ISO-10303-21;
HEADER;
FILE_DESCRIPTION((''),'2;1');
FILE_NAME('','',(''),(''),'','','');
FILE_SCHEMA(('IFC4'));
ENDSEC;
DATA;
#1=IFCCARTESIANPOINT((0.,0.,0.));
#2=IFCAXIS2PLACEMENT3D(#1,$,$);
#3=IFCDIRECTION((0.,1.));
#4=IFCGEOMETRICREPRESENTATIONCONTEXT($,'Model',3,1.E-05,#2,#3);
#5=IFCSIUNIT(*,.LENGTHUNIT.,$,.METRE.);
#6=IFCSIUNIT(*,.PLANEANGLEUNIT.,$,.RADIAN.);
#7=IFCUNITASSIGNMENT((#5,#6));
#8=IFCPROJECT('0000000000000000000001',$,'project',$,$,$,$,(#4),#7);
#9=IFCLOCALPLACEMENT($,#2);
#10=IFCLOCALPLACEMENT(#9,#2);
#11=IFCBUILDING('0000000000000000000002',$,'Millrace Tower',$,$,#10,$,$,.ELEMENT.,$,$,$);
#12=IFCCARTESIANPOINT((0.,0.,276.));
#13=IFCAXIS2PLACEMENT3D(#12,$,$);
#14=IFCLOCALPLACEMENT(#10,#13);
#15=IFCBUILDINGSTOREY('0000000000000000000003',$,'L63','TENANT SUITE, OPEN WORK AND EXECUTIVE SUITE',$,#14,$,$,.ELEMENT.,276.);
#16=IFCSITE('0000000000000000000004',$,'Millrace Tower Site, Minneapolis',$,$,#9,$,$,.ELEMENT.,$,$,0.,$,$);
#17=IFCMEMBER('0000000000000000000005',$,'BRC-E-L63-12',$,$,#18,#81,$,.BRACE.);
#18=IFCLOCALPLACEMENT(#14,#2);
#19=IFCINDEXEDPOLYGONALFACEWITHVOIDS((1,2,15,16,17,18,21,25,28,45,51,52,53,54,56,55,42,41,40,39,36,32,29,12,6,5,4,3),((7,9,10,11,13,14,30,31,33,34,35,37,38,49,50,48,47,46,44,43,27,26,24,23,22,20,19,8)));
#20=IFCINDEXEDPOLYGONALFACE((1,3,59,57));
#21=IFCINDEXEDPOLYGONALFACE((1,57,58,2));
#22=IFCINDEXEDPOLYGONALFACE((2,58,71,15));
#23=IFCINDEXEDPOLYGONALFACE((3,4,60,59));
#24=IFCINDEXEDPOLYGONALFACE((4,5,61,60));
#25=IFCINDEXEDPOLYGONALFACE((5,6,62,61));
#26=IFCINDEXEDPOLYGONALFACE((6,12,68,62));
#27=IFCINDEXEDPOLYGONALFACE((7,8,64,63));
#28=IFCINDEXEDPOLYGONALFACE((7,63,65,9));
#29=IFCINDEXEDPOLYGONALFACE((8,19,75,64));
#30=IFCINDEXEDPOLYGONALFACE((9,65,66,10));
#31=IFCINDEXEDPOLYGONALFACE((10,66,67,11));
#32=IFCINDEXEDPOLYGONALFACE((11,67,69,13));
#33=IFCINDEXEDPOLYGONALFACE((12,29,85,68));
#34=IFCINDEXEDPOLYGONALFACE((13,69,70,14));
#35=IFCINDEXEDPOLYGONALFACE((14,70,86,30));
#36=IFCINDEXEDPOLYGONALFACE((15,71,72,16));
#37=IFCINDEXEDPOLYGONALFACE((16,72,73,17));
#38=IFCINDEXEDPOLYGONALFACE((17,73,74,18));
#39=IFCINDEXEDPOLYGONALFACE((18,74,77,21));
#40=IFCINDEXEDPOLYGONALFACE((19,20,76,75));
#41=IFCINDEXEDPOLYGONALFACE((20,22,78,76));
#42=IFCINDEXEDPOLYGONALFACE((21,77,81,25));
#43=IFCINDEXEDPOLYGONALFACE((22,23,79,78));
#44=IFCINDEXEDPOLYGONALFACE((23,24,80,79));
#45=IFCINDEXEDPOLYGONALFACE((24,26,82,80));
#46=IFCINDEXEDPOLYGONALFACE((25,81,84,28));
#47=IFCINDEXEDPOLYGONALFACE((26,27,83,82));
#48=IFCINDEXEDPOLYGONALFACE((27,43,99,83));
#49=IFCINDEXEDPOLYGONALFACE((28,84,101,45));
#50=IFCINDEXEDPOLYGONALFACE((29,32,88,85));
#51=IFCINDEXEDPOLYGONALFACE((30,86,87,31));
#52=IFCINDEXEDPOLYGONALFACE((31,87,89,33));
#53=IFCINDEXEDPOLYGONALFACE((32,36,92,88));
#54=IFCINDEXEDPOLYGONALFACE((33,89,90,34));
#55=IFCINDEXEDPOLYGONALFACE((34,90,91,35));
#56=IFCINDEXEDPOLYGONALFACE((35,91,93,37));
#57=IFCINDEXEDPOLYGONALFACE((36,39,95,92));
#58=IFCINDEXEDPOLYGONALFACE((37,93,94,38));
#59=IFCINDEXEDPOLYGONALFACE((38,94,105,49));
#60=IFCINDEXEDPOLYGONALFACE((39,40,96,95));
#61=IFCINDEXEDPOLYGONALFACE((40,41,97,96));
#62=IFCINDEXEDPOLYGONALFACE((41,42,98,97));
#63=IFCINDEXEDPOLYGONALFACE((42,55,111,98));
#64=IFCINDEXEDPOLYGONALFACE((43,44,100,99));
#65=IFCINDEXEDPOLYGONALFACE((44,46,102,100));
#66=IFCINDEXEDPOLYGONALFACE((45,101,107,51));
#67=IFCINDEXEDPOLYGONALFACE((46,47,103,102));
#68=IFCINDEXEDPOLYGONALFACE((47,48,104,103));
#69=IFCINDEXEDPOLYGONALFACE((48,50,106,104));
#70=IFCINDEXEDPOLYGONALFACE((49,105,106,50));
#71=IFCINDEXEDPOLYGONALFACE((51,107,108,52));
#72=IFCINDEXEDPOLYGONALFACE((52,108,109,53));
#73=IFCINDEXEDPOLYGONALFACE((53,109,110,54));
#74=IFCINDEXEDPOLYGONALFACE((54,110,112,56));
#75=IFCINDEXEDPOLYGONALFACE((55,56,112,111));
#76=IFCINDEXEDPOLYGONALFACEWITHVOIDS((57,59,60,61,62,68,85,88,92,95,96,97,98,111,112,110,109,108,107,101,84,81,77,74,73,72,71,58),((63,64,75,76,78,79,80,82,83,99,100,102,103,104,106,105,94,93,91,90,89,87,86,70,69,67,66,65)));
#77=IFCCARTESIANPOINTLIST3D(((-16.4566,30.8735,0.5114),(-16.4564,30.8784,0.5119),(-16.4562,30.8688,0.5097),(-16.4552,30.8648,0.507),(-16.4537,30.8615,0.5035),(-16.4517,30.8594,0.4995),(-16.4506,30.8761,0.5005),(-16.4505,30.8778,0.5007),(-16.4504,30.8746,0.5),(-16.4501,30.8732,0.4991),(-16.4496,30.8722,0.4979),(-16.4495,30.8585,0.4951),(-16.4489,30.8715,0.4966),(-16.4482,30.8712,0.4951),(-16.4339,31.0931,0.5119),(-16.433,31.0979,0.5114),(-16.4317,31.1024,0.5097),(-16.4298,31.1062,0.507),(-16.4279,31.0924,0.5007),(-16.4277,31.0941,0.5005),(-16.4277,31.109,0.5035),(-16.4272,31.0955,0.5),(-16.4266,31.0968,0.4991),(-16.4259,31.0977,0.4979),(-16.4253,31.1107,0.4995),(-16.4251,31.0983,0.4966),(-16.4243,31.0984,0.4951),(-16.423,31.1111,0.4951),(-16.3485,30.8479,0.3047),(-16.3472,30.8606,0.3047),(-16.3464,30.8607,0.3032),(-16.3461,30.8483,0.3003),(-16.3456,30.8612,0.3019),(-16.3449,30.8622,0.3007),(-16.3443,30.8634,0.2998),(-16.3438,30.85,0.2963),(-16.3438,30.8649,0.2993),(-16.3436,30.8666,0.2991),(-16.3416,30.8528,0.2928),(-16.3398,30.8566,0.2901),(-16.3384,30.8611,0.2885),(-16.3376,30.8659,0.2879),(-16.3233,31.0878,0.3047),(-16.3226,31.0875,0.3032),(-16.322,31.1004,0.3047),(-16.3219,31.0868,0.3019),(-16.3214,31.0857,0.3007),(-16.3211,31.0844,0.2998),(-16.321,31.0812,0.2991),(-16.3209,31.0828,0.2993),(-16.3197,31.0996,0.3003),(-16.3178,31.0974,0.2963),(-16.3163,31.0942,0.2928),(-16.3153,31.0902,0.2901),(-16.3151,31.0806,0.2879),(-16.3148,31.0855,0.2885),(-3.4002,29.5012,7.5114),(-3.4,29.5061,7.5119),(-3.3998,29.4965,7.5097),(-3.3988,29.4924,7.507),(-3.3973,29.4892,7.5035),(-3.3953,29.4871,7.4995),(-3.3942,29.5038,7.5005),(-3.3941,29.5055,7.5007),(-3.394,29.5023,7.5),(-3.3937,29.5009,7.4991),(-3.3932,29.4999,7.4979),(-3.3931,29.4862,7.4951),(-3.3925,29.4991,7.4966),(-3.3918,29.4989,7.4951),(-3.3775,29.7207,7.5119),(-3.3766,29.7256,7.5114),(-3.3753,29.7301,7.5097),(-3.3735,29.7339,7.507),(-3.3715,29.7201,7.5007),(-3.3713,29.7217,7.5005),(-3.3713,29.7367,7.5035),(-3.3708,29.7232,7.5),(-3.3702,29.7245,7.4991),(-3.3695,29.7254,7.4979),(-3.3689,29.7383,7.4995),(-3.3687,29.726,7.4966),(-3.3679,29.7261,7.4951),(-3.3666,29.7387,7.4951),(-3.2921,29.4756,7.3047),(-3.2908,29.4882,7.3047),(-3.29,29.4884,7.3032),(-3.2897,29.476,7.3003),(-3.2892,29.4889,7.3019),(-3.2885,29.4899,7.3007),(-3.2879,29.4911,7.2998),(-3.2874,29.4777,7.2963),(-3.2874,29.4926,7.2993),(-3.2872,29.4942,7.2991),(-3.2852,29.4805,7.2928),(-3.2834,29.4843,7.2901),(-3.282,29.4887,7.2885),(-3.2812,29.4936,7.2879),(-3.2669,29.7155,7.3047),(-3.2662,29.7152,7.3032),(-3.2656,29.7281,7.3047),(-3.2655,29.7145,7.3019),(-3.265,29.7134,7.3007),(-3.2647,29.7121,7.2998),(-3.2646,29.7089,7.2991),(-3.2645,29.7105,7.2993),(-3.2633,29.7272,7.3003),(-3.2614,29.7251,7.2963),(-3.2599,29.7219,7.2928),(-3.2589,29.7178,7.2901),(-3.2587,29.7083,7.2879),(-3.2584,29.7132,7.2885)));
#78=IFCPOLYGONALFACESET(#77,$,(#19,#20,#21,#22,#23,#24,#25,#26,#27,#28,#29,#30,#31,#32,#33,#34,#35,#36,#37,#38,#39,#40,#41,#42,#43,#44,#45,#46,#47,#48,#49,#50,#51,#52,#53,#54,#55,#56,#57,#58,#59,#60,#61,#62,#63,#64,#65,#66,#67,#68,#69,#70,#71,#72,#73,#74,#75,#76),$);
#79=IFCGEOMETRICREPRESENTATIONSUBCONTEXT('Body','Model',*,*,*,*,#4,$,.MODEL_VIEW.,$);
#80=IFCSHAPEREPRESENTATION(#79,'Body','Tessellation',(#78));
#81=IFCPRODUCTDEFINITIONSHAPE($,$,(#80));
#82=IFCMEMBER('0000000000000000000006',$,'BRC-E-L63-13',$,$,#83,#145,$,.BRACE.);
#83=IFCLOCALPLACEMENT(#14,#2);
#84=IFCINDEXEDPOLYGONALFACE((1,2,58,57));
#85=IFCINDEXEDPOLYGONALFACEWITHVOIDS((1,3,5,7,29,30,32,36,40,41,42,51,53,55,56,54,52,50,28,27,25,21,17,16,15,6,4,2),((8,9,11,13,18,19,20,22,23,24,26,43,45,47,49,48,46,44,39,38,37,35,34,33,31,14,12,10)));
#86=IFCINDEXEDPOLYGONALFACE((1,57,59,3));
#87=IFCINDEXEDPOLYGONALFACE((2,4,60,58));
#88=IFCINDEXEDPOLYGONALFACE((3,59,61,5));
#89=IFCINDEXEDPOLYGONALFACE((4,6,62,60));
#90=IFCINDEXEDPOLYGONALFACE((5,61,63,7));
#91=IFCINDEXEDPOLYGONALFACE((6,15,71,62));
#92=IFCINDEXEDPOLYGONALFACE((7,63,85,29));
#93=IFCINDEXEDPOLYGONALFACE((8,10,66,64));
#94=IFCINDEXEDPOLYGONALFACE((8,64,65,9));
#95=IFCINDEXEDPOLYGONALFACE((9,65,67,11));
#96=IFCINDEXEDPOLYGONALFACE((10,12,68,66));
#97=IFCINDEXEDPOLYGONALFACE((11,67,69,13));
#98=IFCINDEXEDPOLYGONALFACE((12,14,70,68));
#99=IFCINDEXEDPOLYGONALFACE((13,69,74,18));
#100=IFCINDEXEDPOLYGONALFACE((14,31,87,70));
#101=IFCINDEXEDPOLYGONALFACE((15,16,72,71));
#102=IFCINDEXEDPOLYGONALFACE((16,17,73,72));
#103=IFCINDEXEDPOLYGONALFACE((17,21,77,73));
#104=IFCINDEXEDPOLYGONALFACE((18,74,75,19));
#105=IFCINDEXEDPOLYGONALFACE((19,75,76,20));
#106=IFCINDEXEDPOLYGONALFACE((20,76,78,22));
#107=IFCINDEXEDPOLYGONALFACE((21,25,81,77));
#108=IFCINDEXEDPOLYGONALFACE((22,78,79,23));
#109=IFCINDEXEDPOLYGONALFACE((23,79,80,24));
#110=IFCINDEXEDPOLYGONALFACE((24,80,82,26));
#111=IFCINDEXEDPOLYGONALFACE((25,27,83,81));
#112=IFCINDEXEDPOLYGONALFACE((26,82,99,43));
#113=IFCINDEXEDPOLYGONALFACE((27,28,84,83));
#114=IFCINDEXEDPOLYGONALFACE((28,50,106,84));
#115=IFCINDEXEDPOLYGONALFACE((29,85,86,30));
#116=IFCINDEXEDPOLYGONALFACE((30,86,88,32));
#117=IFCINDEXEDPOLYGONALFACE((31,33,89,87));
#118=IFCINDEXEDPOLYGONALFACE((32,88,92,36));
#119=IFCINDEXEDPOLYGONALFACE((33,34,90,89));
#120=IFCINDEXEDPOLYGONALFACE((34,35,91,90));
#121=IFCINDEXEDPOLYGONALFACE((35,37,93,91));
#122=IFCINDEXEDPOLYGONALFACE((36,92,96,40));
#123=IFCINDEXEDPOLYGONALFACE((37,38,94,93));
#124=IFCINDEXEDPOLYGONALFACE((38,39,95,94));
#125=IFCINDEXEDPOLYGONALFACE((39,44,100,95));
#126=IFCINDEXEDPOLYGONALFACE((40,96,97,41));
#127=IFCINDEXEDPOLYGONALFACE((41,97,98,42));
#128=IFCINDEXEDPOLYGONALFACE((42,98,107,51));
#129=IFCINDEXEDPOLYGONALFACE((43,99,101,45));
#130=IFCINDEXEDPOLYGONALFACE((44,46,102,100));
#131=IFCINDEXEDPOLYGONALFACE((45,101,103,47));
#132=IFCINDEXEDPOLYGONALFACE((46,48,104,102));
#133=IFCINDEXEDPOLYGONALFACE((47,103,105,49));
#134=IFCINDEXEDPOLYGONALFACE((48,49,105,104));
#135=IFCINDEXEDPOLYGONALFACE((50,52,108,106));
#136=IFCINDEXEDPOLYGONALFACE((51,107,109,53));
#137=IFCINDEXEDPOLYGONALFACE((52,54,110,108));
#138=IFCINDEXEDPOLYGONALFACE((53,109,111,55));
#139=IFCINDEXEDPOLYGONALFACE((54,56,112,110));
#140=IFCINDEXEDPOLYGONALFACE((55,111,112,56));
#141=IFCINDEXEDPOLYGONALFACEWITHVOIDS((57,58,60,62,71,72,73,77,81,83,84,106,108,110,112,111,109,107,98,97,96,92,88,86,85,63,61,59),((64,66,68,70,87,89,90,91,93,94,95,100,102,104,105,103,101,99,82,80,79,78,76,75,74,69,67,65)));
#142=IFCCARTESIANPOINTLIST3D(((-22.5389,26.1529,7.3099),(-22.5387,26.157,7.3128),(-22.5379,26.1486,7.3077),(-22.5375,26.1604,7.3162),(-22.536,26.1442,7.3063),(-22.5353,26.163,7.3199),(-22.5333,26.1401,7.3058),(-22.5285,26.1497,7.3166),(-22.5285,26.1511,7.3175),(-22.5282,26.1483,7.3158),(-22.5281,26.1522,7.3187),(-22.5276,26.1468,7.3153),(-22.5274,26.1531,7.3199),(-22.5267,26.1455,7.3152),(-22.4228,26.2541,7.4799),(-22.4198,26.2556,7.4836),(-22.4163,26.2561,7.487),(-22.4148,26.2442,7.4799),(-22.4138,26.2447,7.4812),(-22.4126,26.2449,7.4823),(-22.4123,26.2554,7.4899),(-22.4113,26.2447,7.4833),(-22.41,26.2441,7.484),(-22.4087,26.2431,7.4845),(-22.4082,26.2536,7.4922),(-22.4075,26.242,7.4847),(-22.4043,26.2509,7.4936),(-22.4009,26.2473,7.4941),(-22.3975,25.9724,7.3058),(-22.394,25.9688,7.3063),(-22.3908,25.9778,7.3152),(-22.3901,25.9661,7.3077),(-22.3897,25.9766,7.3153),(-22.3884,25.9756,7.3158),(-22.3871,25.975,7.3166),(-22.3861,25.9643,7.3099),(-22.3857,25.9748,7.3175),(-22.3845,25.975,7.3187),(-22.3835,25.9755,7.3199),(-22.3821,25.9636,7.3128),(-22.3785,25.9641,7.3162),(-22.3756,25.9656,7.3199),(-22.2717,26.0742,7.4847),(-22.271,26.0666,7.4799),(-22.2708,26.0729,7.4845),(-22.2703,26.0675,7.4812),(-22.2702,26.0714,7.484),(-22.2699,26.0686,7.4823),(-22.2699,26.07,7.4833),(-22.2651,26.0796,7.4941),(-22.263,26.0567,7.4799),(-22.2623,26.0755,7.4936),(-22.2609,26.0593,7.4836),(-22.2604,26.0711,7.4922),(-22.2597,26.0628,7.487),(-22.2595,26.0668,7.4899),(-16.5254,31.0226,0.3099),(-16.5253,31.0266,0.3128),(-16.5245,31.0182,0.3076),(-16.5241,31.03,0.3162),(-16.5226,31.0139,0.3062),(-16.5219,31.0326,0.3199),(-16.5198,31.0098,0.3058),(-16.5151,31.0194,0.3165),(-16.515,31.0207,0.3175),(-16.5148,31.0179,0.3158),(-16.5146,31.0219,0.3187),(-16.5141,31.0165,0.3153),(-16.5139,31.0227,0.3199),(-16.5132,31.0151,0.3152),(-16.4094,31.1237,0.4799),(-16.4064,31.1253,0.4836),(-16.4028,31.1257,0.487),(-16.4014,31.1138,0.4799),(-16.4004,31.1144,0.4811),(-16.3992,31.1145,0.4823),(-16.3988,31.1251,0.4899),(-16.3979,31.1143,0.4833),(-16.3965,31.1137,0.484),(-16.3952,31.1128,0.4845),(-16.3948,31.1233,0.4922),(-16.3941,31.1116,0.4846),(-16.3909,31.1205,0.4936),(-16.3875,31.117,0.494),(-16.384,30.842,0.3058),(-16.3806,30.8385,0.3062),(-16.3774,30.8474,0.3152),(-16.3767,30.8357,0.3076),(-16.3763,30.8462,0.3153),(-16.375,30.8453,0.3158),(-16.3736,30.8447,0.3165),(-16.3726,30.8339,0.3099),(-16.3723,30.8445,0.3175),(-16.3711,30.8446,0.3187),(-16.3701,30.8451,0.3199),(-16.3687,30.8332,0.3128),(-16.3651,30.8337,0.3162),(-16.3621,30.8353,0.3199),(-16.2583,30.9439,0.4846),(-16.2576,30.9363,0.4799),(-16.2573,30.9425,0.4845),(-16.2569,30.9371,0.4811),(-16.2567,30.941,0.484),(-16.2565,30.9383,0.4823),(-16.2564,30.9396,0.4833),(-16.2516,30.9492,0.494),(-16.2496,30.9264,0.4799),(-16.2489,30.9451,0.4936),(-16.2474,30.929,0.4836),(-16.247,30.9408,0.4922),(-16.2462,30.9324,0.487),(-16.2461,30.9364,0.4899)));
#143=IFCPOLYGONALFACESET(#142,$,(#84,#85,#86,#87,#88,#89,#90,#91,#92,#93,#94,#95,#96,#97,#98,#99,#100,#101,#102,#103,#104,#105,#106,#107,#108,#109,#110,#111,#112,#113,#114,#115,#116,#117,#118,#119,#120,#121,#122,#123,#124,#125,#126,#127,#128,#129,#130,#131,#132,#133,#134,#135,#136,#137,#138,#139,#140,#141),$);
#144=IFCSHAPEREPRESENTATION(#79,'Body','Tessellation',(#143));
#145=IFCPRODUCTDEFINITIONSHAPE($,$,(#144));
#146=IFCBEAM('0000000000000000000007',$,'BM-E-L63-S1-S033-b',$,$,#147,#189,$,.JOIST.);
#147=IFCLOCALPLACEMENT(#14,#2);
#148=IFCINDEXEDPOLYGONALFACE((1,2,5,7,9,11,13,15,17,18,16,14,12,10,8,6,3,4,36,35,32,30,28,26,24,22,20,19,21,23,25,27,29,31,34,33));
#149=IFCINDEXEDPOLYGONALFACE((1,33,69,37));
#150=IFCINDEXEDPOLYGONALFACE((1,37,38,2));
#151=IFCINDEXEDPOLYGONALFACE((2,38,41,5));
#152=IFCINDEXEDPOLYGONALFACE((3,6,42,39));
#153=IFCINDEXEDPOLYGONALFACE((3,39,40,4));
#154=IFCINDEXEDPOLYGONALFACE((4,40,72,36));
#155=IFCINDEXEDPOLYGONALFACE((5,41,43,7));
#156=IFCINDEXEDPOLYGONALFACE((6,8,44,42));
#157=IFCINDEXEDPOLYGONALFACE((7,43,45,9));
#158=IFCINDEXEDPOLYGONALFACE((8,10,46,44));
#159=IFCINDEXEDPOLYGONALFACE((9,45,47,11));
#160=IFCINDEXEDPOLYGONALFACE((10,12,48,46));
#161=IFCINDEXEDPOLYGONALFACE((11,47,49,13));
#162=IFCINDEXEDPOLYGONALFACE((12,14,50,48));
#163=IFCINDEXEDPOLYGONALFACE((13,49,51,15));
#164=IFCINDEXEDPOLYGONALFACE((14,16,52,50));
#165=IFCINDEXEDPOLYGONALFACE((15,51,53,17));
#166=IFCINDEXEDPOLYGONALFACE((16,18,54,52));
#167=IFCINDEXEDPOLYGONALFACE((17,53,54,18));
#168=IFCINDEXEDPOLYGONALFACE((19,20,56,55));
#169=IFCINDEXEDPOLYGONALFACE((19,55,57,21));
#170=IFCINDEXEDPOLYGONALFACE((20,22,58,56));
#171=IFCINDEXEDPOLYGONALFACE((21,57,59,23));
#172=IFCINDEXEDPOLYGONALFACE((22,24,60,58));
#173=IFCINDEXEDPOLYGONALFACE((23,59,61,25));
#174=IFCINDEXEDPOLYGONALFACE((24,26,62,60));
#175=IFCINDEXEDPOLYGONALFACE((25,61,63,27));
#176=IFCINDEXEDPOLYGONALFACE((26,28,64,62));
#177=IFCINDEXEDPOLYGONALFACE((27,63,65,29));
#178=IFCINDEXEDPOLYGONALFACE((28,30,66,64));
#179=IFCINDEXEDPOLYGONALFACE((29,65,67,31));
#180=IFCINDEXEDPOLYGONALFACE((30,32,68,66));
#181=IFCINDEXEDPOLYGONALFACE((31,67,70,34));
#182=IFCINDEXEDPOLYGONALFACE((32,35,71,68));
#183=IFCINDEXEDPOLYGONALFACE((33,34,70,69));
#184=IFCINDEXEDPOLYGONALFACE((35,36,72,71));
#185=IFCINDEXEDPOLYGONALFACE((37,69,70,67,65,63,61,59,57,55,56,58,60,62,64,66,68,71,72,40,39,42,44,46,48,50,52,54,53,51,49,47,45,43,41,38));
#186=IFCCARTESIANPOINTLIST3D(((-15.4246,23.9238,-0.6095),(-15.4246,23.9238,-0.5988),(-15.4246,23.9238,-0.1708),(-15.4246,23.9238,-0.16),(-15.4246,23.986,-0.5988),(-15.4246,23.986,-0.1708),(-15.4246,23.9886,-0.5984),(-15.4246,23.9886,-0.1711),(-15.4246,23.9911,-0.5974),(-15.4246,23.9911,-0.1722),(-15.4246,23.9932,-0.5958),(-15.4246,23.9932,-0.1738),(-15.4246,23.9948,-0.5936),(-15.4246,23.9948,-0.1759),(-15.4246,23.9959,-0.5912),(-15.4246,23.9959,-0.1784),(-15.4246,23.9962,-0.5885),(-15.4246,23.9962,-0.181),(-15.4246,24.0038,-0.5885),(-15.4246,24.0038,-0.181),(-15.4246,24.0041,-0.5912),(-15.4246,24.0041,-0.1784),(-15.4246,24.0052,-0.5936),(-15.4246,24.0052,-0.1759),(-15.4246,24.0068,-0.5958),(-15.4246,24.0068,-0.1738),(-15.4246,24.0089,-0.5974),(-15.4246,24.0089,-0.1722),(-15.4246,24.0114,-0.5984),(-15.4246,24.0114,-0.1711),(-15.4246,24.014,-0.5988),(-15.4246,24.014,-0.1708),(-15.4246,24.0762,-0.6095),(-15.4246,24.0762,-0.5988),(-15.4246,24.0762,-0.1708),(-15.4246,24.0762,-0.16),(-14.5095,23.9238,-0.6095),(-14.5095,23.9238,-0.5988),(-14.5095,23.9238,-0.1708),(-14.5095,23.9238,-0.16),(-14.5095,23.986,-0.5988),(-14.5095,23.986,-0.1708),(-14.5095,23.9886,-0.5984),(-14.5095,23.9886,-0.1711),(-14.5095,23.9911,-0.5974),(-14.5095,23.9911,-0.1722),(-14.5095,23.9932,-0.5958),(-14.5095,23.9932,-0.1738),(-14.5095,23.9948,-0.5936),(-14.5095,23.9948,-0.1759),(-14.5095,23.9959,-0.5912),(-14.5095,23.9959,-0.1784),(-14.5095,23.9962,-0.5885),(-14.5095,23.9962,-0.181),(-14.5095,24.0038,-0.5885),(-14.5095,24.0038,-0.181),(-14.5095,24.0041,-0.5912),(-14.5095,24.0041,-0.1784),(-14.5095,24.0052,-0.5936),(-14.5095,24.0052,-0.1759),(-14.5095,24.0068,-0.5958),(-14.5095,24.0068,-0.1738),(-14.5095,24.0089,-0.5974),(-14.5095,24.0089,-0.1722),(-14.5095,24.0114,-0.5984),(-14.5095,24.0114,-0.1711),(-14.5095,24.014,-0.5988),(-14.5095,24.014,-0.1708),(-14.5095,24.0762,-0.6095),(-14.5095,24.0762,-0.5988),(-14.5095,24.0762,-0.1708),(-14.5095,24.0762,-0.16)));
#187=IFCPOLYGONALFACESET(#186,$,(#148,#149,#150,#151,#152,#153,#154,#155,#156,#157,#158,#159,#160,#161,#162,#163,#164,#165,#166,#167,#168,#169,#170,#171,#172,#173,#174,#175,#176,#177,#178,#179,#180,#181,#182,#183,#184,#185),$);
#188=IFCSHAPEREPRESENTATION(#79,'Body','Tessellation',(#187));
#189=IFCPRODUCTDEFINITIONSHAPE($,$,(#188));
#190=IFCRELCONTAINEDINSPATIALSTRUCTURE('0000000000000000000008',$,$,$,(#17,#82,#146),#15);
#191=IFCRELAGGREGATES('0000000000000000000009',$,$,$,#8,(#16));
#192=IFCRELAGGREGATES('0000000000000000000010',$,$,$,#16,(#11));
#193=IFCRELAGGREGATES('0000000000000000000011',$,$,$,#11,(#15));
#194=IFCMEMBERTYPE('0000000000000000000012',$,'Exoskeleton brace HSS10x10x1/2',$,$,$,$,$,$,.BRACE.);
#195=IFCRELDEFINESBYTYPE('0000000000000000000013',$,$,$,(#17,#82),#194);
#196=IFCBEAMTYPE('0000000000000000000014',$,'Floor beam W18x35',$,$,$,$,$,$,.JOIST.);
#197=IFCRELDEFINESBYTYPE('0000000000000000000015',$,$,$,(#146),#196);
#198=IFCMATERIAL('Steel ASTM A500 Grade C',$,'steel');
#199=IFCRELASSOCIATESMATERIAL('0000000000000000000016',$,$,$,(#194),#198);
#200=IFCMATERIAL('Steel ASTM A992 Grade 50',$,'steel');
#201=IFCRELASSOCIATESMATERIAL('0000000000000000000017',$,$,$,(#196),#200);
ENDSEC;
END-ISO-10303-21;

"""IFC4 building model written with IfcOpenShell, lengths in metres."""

from ifc_helpers import new_model, si_unit, direction, frame, origin, origin_2d, place, context, subcontext, project, spatial, hollow_rectangle, i_section, extrude, material, material_profile, profile_set, type_object, element, save


model = new_model("IFC4")

# Units and contexts
model_context = context("Model", 3, precision=1e-05, world=origin(), true_north=direction((0.0, 1.0)))
body_context = subcontext(model_context, "Body", "Model", "MODEL_VIEW")
ifc_project = project(units=[si_unit("LENGTHUNIT", "METRE"), si_unit("PLANEANGLEUNIT", "RADIAN")], contexts=[model_context])

# Site, building, storey
site_placement = place(None, origin())
site = spatial("IfcSite", under=ifc_project, at=site_placement, Name="Millrace Tower Site, Minneapolis", CompositionType="ELEMENT", RefElevation=0.0)
building_placement = place(site_placement, origin())
building = spatial("IfcBuilding", under=site, at=building_placement, Name="Millrace Tower", CompositionType="ELEMENT")
storey_placement = place(building_placement, frame((0.0, 0.0, 276.0)))
storey = spatial("IfcBuildingStorey", under=building, at=storey_placement, Name="L63", Description="TENANT SUITE, OPEN WORK AND EXECUTIVE SUITE", CompositionType="ELEMENT", Elevation=276.0)

# Members
ifc_material_1 = material(Name="Steel ASTM A500 Grade C", Category="steel")
ifc_material_profile_1 = material_profile(ifc_material_1, hollow_rectangle(XDim=0.2539, YDim=0.2539, WallThickness=0.0127, InnerFilletRadius=0.0063, OuterFilletRadius=0.019, at=origin_2d()))
ifc_profile_set_1 = profile_set([ifc_material_profile_1], Name="Steel ASTM A500 Grade C")
member_type_1 = type_object("IfcMemberType", Name="Exoskeleton brace HSS10x10x1/2", PredefinedType="BRACE", material=ifc_profile_set_1)
member_1_placement = place(storey_placement, frame((-16.3857, 30.9795, 0.3999), z_axis=(0.877568, -0.092238, 0.470496), x_axis=(0.104531, 0.994522, 0.0)))
element("IfcMember", 1, at=member_1_placement, inside=storey, type_object=member_type_1, Name="BRC-E-L63-12", PredefinedType="BRACE", context=body_context, shape_type="SweptSolid", body=[
    extrude(hollow_rectangle(XDim=0.2539, YDim=0.2539, WallThickness=0.0127, InnerFilletRadius=0.0063, OuterFilletRadius=0.019, at=origin_2d()), origin(), (0.0, 0.0, 1.0), 14.8779),
])
member_2_placement = place(storey_placement, frame((-16.3857, 30.9795, 0.3999), z_axis=(-0.576314, -0.466694, 0.670864), x_axis=(0.629324, -0.777143, 0.0)))
element("IfcMember", 2, at=member_2_placement, inside=storey, type_object=member_type_1, Name="BRC-E-L63-13", PredefinedType="BRACE", context=body_context, shape_type="SweptSolid", body=[
    extrude(hollow_rectangle(XDim=0.2539, YDim=0.2539, WallThickness=0.0127, InnerFilletRadius=0.0063, OuterFilletRadius=0.019, at=origin_2d()), origin(), (0.0, 0.0, 1.0), 10.4343),
])

# Beam
ifc_material_2 = material(Name="Steel ASTM A992 Grade 50", Category="steel")
ifc_material_profile_2 = material_profile(ifc_material_2, i_section(OverallWidth=0.1523, OverallDepth=0.4495, WebThickness=0.0076, FlangeThickness=0.0107, FilletRadius=0.0103, at=origin_2d()))
ifc_profile_set_2 = profile_set([ifc_material_profile_2], Name="Steel ASTM A992 Grade 50")
beam_type_1 = type_object("IfcBeamType", Name="Floor beam W18x35", PredefinedType="JOIST", material=ifc_profile_set_2)
beam_1_placement = place(storey_placement, frame((-15.4246, 24.0, -0.3848), z_axis=(1.0, 0.0, 0.0), x_axis=(0.0, 1.0, 0.0)))
element("IfcBeam", 3, at=beam_1_placement, inside=storey, type_object=beam_type_1, Name="BM-E-L63-S1-S033-b", PredefinedType="JOIST", context=body_context, shape_type="SweptSolid", body=[
    extrude(i_section(OverallWidth=0.1523, OverallDepth=0.4495, WebThickness=0.0076, FlangeThickness=0.0107, FilletRadius=0.0103, at=origin_2d()), origin(), (0.0, 0.0, 1.0), 0.915),
])

save(model, "model.ifc")
